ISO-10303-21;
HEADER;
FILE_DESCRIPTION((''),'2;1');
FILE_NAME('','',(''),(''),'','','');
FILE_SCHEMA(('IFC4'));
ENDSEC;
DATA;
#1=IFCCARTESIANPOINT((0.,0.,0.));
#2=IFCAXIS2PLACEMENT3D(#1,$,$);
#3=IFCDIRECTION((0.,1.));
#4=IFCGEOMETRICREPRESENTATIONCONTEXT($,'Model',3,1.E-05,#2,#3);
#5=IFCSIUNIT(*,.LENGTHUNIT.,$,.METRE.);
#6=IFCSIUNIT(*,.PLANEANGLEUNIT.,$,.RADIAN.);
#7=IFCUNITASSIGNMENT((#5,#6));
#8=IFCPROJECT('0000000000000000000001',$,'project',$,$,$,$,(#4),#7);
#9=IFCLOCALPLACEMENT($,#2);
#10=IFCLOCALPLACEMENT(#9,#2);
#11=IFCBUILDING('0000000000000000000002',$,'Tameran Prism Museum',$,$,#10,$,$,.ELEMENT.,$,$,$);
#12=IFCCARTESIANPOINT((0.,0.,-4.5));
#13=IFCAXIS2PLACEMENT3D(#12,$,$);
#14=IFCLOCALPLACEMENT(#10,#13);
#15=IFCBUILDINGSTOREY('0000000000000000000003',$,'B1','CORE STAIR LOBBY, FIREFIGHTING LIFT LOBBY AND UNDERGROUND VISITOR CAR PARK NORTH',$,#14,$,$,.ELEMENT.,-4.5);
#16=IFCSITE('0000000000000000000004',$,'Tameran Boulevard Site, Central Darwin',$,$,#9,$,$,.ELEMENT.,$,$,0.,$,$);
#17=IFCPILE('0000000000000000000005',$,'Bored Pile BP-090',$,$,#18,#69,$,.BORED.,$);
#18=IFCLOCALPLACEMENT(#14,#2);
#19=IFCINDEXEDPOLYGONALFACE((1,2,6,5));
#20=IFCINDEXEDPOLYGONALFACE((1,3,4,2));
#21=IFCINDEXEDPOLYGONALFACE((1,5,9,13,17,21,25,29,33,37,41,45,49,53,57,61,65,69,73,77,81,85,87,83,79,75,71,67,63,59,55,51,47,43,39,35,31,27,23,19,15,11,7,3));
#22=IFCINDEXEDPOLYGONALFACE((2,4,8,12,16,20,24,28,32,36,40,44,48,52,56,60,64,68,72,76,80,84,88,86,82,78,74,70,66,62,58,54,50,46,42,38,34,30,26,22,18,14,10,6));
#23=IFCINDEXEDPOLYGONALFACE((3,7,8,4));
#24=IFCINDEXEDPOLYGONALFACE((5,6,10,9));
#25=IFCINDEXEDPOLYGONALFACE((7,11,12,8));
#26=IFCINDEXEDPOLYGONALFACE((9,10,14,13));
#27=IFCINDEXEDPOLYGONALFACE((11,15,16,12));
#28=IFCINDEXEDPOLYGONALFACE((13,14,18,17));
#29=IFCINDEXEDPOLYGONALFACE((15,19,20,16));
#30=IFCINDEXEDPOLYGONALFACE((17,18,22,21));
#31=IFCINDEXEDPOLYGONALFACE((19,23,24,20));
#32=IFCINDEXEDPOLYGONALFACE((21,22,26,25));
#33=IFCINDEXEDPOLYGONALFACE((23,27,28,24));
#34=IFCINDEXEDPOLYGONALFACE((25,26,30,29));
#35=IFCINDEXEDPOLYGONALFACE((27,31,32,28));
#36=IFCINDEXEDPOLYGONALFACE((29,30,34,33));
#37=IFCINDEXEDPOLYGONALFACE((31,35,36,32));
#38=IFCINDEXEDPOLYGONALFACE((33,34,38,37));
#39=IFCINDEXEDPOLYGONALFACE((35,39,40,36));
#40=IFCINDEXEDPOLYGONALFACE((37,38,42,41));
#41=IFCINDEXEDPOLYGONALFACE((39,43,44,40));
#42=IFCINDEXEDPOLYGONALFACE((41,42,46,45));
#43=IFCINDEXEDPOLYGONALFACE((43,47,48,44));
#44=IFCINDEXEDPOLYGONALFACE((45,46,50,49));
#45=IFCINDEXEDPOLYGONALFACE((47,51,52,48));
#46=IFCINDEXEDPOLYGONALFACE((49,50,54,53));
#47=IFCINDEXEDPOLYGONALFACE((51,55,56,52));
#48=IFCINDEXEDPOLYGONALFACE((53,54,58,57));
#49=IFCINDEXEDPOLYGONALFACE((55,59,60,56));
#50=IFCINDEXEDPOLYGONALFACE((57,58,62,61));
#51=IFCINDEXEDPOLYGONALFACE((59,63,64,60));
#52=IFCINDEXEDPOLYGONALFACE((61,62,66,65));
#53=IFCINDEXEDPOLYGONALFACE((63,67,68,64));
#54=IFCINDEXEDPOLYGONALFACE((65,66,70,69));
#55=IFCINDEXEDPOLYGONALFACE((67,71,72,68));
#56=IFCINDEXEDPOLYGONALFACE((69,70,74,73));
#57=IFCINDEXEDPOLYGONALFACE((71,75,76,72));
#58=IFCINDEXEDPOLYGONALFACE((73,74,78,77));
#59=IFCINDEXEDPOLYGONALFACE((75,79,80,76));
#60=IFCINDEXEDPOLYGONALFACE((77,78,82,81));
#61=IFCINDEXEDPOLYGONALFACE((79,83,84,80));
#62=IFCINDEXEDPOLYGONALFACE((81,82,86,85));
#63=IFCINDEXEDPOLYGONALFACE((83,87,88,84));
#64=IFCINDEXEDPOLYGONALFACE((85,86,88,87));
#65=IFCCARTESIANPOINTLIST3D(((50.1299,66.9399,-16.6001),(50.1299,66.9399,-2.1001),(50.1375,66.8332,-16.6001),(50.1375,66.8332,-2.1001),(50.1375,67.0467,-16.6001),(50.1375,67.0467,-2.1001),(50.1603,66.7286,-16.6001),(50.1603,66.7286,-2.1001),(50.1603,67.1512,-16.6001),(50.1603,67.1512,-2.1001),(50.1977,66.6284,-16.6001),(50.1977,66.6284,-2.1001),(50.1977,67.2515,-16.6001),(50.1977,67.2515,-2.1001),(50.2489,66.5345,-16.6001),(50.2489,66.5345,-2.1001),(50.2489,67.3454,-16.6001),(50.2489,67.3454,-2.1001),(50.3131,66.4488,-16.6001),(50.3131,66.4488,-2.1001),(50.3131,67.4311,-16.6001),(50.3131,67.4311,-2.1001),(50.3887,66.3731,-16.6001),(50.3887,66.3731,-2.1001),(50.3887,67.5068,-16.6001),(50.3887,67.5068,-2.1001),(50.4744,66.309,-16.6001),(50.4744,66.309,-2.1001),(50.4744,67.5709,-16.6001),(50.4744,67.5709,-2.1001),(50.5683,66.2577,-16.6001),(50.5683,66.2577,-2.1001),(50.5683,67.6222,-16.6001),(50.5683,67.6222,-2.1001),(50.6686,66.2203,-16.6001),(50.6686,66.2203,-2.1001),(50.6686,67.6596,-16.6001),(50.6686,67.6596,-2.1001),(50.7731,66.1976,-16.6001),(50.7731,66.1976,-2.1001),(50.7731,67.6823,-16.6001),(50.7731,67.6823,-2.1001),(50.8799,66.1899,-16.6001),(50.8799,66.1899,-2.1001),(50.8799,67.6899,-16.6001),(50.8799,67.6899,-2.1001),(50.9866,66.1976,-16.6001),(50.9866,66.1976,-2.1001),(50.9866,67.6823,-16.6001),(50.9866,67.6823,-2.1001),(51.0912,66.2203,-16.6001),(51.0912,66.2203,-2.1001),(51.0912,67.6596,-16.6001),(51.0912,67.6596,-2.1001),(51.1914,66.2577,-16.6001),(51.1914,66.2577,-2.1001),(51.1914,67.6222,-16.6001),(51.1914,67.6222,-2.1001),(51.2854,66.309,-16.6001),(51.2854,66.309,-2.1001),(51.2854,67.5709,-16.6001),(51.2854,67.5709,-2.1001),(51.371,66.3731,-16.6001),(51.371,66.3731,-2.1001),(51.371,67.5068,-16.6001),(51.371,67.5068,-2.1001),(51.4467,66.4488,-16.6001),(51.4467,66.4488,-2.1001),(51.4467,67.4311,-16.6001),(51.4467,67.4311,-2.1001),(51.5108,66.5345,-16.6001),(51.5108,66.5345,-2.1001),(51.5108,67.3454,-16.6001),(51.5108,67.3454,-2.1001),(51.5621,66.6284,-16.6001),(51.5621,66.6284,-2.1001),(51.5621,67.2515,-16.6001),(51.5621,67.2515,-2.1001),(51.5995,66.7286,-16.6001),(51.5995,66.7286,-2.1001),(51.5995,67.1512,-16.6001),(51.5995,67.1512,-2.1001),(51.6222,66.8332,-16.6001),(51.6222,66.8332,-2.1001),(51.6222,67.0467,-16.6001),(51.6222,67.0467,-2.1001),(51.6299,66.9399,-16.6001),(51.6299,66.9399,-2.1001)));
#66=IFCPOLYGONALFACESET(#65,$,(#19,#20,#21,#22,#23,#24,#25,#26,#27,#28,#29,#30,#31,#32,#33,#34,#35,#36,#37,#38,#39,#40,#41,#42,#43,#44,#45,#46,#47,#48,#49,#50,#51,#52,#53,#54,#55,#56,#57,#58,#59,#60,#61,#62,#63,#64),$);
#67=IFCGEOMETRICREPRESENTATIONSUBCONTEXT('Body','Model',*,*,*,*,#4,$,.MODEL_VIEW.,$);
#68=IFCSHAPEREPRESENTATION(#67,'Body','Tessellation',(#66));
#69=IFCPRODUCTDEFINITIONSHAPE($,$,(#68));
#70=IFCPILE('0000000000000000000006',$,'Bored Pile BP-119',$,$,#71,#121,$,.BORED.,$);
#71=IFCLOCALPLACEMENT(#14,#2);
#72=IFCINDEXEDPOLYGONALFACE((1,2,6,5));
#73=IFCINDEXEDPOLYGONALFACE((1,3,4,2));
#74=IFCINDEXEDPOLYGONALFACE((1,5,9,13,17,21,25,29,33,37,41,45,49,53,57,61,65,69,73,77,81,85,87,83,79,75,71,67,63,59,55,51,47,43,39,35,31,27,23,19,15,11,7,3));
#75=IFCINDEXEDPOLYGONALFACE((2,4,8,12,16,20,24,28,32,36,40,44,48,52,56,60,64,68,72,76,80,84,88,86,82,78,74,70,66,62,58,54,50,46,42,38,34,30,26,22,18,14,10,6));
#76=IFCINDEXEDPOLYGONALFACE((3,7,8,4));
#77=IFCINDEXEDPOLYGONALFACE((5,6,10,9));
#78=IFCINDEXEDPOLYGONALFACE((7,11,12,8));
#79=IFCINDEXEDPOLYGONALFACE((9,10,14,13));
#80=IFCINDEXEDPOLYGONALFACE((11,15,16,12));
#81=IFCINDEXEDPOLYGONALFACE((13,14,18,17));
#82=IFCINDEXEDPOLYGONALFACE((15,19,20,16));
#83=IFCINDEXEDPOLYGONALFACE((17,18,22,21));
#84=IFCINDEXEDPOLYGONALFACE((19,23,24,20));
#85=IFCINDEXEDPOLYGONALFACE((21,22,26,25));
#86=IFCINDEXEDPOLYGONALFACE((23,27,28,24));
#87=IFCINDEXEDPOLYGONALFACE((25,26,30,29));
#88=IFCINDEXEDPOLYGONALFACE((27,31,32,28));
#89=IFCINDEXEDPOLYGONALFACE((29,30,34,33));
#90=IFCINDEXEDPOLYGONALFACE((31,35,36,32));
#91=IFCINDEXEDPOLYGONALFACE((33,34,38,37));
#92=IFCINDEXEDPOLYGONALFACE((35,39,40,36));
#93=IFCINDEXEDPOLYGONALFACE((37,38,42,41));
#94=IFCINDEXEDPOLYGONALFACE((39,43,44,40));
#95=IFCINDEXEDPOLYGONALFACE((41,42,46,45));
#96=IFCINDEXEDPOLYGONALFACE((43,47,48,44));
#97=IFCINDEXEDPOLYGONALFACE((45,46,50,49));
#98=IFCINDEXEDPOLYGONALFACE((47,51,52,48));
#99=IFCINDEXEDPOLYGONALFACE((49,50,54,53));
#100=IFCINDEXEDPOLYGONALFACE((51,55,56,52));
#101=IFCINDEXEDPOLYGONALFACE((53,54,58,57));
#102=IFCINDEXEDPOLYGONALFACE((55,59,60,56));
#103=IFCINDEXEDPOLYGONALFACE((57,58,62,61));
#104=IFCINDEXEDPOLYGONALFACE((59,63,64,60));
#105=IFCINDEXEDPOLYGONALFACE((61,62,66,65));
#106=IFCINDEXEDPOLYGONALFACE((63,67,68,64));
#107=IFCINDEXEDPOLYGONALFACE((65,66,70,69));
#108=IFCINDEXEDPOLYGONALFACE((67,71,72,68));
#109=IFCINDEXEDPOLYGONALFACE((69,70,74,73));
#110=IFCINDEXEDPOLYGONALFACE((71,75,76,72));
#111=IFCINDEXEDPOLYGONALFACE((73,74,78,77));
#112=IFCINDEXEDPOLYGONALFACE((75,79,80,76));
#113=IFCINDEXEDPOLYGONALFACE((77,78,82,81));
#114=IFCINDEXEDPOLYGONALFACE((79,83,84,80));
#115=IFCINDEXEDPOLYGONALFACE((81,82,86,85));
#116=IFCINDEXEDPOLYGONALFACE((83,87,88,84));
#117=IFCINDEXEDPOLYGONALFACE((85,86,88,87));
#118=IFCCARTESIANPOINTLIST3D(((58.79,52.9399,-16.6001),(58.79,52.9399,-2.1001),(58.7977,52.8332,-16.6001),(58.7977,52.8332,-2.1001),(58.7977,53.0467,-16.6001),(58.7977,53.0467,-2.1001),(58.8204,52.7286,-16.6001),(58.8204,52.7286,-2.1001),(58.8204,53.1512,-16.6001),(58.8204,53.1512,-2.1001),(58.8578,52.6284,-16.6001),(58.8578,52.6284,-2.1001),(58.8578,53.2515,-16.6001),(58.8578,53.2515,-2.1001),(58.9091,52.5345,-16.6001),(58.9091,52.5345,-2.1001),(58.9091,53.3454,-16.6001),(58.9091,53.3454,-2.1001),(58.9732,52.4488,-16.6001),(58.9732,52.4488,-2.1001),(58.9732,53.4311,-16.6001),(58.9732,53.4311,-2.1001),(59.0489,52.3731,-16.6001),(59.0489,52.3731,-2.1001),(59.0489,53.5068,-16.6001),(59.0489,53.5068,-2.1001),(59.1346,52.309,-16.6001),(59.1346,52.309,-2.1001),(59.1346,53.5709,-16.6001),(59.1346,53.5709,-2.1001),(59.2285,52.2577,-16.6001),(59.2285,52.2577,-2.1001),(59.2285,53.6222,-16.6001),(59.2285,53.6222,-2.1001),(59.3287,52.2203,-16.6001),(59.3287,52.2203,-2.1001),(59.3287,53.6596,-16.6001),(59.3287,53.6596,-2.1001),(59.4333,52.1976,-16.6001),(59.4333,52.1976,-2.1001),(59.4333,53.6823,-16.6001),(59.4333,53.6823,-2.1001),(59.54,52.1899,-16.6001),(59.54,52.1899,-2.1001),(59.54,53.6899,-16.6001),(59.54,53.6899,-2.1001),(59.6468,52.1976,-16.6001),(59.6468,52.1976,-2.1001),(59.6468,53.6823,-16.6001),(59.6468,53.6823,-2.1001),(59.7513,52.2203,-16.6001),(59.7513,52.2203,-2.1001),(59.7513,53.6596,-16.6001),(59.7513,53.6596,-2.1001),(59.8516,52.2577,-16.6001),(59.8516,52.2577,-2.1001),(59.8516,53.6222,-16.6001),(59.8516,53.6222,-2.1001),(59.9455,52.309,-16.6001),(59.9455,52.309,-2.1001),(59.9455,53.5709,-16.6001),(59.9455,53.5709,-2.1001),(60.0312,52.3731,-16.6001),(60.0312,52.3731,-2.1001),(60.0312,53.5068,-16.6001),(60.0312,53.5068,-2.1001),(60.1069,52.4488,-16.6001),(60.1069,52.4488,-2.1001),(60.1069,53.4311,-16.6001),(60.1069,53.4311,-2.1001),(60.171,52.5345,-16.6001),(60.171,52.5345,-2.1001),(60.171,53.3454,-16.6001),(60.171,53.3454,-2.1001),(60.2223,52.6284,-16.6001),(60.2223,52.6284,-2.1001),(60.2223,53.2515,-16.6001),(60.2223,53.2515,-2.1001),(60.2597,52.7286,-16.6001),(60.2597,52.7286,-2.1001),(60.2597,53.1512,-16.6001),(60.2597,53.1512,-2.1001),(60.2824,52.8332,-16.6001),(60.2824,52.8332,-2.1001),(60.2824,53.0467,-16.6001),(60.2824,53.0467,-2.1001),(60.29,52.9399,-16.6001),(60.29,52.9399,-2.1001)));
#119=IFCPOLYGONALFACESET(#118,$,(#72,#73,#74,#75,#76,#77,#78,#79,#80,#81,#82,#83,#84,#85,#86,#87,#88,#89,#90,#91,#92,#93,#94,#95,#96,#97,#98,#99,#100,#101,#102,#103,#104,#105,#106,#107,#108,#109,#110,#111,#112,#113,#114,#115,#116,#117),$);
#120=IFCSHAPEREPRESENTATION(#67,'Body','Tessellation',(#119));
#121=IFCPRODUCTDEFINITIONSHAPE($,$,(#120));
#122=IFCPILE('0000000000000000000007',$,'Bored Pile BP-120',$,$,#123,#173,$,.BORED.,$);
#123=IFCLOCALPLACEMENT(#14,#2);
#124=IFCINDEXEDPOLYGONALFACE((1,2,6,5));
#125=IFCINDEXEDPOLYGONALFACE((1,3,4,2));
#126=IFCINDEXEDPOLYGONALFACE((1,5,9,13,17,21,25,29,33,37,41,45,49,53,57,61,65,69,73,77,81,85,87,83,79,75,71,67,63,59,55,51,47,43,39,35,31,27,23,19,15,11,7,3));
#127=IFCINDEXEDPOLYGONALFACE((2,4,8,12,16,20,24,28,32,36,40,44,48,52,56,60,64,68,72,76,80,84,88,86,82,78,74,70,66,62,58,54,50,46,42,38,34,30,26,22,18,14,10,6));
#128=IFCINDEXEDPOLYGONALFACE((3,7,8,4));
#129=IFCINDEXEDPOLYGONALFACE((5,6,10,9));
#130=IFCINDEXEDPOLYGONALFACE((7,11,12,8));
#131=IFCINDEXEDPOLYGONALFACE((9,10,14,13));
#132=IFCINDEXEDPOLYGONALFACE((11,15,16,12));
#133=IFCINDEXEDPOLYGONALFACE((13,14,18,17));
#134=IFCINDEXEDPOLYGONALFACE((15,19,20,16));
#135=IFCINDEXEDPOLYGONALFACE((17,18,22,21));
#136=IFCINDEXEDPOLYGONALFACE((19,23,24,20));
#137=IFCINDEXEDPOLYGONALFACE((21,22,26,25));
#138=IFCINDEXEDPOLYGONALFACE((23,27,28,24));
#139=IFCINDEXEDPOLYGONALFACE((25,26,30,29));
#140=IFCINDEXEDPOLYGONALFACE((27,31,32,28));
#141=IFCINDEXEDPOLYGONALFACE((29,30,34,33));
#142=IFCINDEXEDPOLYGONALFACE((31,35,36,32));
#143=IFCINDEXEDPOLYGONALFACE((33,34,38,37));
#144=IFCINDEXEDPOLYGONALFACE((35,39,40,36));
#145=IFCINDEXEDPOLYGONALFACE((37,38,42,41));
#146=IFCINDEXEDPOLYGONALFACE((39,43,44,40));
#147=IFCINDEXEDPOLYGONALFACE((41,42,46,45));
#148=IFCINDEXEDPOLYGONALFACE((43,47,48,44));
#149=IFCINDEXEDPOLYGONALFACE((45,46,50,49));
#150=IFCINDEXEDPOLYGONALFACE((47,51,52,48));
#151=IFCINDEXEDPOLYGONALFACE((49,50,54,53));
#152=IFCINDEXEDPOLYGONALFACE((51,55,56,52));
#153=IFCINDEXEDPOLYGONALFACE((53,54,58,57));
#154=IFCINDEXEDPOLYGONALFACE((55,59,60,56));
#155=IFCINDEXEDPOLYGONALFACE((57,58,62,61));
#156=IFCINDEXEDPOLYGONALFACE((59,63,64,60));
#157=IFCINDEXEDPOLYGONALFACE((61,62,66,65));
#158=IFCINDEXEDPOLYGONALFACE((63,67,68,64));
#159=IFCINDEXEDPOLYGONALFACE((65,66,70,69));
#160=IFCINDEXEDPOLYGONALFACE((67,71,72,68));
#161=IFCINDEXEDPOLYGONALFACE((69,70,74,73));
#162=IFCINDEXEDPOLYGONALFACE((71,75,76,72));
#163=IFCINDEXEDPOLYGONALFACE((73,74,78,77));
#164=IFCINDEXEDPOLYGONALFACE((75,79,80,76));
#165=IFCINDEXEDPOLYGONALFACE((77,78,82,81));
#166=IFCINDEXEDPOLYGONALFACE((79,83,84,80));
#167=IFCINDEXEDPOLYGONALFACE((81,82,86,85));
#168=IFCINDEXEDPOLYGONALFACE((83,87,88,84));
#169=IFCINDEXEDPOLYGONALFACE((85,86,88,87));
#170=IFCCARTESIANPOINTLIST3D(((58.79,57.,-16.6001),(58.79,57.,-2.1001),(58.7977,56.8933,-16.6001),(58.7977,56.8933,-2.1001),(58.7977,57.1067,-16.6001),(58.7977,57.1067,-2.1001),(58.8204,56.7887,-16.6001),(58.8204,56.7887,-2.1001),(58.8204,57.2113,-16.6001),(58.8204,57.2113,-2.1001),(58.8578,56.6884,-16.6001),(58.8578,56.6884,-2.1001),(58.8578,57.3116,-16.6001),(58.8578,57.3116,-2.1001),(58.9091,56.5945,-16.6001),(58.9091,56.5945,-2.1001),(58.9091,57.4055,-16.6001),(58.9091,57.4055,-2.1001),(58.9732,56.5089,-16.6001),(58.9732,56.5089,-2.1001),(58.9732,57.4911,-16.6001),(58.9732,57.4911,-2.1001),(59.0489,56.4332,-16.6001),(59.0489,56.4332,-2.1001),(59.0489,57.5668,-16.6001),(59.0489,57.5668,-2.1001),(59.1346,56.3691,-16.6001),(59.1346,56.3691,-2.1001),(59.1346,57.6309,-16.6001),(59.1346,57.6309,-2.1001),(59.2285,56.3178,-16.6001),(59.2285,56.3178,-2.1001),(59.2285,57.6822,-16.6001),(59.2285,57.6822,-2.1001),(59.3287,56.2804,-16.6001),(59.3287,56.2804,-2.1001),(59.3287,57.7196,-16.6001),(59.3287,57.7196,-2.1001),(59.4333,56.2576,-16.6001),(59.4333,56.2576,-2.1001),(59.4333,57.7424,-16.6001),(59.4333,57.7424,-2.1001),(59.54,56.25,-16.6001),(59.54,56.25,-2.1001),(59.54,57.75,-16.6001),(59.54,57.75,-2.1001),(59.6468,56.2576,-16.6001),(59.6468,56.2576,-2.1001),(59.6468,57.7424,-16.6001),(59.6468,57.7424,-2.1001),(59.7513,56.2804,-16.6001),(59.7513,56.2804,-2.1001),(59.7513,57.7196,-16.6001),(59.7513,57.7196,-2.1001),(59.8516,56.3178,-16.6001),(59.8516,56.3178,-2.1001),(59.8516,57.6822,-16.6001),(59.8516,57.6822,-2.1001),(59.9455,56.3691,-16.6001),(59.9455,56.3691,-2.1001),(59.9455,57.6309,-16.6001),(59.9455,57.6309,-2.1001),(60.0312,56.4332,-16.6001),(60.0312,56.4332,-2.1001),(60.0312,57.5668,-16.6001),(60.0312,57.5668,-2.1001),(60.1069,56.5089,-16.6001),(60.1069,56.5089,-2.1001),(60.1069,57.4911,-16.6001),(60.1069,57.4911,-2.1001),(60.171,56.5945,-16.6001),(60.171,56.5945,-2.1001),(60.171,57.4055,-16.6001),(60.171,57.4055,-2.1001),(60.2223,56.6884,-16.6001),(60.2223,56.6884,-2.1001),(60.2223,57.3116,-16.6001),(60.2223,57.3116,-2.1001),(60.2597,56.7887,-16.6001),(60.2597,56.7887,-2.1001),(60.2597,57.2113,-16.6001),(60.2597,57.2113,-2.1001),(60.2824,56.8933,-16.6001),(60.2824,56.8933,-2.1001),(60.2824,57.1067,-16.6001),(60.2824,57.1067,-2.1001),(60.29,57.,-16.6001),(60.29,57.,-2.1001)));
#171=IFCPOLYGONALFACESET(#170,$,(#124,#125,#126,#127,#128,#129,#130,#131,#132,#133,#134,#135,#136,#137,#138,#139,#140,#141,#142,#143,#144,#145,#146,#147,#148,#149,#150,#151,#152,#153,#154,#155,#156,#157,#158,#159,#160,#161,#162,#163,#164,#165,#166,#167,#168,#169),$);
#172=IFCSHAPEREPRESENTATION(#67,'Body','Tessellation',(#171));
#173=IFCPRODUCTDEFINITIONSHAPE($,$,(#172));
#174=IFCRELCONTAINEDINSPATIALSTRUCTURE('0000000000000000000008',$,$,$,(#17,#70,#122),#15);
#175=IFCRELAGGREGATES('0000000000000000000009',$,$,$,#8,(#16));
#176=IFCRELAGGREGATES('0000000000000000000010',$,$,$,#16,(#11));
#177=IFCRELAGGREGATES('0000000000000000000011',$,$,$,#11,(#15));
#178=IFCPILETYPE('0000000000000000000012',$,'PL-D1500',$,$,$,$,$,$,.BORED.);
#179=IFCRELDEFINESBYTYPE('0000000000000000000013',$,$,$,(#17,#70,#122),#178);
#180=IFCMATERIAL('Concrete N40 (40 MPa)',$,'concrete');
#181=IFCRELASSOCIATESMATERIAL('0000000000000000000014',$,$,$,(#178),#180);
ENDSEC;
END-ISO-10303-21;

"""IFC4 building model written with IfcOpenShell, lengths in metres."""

from ifc_helpers import new_model, si_unit, direction, frame, origin, origin_2d, place, context, subcontext, project, spatial, circle, extrude, material, material_profile, profile_set, type_object, element, save


model = new_model("IFC4")

# Units and contexts
model_context = context("Model", 3, precision=1e-05, world=origin(), true_north=direction((0.0, 1.0)))
body_context = subcontext(model_context, "Body", "Model", "MODEL_VIEW")
ifc_project = project(units=[si_unit("LENGTHUNIT", "METRE"), si_unit("PLANEANGLEUNIT", "RADIAN")], contexts=[model_context])

# Site, building, storey
site_placement = place(None, origin())
site = spatial("IfcSite", under=ifc_project, at=site_placement, Name="Tameran Boulevard Site, Central Darwin", CompositionType="ELEMENT", RefElevation=0.0)
building_placement = place(site_placement, origin())
building = spatial("IfcBuilding", under=site, at=building_placement, Name="Tameran Prism Museum", CompositionType="ELEMENT")
storey_placement = place(building_placement, frame((0.0, 0.0, -4.5)))
storey = spatial("IfcBuildingStorey", under=building, at=storey_placement, Name="B1", Description="CORE STAIR LOBBY, FIREFIGHTING LIFT LOBBY AND UNDERGROUND VISITOR CAR PARK NORTH", CompositionType="ELEMENT", Elevation=-4.5)

# Piles
ifc_material_1 = material(Name="Concrete N40 (40 MPa)", Category="concrete")
ifc_material_profile_1 = material_profile(ifc_material_1, circle(Radius=0.75, at=origin_2d()))
ifc_profile_set_1 = profile_set([ifc_material_profile_1])
pile_type_1 = type_object("IfcPileType", Name="PL-D1500", PredefinedType="BORED", material=ifc_profile_set_1)
for number, where, z_axis, x_axis, name in (
    (1, (50.8799, 66.9399, -2.1001), (0.0, 0.0, -1.0), (1.0, 0.0, 0.0), "Bored Pile BP-090"),
    (2, (59.54, 52.9399, -2.1001), (0.0, 0.0, -1.0), (1.0, 0.0, 0.0), "Bored Pile BP-119"),
    (3, (59.54, 57.0, -2.1001), (0.0, 0.0, -1.0), (1.0, 0.0, 0.0), "Bored Pile BP-120"),
):
    element("IfcPile", number, at=place(storey_placement, frame(where, z_axis=z_axis, x_axis=x_axis)), inside=storey, type_object=pile_type_1, Name=name, PredefinedType="BORED", context=body_context, shape_type="SweptSolid", body=[
        extrude(circle(Radius=0.75, at=origin_2d()), origin(), (0.0, 0.0, 1.0), 14.5),
    ])

save(model, "model.ifc")
